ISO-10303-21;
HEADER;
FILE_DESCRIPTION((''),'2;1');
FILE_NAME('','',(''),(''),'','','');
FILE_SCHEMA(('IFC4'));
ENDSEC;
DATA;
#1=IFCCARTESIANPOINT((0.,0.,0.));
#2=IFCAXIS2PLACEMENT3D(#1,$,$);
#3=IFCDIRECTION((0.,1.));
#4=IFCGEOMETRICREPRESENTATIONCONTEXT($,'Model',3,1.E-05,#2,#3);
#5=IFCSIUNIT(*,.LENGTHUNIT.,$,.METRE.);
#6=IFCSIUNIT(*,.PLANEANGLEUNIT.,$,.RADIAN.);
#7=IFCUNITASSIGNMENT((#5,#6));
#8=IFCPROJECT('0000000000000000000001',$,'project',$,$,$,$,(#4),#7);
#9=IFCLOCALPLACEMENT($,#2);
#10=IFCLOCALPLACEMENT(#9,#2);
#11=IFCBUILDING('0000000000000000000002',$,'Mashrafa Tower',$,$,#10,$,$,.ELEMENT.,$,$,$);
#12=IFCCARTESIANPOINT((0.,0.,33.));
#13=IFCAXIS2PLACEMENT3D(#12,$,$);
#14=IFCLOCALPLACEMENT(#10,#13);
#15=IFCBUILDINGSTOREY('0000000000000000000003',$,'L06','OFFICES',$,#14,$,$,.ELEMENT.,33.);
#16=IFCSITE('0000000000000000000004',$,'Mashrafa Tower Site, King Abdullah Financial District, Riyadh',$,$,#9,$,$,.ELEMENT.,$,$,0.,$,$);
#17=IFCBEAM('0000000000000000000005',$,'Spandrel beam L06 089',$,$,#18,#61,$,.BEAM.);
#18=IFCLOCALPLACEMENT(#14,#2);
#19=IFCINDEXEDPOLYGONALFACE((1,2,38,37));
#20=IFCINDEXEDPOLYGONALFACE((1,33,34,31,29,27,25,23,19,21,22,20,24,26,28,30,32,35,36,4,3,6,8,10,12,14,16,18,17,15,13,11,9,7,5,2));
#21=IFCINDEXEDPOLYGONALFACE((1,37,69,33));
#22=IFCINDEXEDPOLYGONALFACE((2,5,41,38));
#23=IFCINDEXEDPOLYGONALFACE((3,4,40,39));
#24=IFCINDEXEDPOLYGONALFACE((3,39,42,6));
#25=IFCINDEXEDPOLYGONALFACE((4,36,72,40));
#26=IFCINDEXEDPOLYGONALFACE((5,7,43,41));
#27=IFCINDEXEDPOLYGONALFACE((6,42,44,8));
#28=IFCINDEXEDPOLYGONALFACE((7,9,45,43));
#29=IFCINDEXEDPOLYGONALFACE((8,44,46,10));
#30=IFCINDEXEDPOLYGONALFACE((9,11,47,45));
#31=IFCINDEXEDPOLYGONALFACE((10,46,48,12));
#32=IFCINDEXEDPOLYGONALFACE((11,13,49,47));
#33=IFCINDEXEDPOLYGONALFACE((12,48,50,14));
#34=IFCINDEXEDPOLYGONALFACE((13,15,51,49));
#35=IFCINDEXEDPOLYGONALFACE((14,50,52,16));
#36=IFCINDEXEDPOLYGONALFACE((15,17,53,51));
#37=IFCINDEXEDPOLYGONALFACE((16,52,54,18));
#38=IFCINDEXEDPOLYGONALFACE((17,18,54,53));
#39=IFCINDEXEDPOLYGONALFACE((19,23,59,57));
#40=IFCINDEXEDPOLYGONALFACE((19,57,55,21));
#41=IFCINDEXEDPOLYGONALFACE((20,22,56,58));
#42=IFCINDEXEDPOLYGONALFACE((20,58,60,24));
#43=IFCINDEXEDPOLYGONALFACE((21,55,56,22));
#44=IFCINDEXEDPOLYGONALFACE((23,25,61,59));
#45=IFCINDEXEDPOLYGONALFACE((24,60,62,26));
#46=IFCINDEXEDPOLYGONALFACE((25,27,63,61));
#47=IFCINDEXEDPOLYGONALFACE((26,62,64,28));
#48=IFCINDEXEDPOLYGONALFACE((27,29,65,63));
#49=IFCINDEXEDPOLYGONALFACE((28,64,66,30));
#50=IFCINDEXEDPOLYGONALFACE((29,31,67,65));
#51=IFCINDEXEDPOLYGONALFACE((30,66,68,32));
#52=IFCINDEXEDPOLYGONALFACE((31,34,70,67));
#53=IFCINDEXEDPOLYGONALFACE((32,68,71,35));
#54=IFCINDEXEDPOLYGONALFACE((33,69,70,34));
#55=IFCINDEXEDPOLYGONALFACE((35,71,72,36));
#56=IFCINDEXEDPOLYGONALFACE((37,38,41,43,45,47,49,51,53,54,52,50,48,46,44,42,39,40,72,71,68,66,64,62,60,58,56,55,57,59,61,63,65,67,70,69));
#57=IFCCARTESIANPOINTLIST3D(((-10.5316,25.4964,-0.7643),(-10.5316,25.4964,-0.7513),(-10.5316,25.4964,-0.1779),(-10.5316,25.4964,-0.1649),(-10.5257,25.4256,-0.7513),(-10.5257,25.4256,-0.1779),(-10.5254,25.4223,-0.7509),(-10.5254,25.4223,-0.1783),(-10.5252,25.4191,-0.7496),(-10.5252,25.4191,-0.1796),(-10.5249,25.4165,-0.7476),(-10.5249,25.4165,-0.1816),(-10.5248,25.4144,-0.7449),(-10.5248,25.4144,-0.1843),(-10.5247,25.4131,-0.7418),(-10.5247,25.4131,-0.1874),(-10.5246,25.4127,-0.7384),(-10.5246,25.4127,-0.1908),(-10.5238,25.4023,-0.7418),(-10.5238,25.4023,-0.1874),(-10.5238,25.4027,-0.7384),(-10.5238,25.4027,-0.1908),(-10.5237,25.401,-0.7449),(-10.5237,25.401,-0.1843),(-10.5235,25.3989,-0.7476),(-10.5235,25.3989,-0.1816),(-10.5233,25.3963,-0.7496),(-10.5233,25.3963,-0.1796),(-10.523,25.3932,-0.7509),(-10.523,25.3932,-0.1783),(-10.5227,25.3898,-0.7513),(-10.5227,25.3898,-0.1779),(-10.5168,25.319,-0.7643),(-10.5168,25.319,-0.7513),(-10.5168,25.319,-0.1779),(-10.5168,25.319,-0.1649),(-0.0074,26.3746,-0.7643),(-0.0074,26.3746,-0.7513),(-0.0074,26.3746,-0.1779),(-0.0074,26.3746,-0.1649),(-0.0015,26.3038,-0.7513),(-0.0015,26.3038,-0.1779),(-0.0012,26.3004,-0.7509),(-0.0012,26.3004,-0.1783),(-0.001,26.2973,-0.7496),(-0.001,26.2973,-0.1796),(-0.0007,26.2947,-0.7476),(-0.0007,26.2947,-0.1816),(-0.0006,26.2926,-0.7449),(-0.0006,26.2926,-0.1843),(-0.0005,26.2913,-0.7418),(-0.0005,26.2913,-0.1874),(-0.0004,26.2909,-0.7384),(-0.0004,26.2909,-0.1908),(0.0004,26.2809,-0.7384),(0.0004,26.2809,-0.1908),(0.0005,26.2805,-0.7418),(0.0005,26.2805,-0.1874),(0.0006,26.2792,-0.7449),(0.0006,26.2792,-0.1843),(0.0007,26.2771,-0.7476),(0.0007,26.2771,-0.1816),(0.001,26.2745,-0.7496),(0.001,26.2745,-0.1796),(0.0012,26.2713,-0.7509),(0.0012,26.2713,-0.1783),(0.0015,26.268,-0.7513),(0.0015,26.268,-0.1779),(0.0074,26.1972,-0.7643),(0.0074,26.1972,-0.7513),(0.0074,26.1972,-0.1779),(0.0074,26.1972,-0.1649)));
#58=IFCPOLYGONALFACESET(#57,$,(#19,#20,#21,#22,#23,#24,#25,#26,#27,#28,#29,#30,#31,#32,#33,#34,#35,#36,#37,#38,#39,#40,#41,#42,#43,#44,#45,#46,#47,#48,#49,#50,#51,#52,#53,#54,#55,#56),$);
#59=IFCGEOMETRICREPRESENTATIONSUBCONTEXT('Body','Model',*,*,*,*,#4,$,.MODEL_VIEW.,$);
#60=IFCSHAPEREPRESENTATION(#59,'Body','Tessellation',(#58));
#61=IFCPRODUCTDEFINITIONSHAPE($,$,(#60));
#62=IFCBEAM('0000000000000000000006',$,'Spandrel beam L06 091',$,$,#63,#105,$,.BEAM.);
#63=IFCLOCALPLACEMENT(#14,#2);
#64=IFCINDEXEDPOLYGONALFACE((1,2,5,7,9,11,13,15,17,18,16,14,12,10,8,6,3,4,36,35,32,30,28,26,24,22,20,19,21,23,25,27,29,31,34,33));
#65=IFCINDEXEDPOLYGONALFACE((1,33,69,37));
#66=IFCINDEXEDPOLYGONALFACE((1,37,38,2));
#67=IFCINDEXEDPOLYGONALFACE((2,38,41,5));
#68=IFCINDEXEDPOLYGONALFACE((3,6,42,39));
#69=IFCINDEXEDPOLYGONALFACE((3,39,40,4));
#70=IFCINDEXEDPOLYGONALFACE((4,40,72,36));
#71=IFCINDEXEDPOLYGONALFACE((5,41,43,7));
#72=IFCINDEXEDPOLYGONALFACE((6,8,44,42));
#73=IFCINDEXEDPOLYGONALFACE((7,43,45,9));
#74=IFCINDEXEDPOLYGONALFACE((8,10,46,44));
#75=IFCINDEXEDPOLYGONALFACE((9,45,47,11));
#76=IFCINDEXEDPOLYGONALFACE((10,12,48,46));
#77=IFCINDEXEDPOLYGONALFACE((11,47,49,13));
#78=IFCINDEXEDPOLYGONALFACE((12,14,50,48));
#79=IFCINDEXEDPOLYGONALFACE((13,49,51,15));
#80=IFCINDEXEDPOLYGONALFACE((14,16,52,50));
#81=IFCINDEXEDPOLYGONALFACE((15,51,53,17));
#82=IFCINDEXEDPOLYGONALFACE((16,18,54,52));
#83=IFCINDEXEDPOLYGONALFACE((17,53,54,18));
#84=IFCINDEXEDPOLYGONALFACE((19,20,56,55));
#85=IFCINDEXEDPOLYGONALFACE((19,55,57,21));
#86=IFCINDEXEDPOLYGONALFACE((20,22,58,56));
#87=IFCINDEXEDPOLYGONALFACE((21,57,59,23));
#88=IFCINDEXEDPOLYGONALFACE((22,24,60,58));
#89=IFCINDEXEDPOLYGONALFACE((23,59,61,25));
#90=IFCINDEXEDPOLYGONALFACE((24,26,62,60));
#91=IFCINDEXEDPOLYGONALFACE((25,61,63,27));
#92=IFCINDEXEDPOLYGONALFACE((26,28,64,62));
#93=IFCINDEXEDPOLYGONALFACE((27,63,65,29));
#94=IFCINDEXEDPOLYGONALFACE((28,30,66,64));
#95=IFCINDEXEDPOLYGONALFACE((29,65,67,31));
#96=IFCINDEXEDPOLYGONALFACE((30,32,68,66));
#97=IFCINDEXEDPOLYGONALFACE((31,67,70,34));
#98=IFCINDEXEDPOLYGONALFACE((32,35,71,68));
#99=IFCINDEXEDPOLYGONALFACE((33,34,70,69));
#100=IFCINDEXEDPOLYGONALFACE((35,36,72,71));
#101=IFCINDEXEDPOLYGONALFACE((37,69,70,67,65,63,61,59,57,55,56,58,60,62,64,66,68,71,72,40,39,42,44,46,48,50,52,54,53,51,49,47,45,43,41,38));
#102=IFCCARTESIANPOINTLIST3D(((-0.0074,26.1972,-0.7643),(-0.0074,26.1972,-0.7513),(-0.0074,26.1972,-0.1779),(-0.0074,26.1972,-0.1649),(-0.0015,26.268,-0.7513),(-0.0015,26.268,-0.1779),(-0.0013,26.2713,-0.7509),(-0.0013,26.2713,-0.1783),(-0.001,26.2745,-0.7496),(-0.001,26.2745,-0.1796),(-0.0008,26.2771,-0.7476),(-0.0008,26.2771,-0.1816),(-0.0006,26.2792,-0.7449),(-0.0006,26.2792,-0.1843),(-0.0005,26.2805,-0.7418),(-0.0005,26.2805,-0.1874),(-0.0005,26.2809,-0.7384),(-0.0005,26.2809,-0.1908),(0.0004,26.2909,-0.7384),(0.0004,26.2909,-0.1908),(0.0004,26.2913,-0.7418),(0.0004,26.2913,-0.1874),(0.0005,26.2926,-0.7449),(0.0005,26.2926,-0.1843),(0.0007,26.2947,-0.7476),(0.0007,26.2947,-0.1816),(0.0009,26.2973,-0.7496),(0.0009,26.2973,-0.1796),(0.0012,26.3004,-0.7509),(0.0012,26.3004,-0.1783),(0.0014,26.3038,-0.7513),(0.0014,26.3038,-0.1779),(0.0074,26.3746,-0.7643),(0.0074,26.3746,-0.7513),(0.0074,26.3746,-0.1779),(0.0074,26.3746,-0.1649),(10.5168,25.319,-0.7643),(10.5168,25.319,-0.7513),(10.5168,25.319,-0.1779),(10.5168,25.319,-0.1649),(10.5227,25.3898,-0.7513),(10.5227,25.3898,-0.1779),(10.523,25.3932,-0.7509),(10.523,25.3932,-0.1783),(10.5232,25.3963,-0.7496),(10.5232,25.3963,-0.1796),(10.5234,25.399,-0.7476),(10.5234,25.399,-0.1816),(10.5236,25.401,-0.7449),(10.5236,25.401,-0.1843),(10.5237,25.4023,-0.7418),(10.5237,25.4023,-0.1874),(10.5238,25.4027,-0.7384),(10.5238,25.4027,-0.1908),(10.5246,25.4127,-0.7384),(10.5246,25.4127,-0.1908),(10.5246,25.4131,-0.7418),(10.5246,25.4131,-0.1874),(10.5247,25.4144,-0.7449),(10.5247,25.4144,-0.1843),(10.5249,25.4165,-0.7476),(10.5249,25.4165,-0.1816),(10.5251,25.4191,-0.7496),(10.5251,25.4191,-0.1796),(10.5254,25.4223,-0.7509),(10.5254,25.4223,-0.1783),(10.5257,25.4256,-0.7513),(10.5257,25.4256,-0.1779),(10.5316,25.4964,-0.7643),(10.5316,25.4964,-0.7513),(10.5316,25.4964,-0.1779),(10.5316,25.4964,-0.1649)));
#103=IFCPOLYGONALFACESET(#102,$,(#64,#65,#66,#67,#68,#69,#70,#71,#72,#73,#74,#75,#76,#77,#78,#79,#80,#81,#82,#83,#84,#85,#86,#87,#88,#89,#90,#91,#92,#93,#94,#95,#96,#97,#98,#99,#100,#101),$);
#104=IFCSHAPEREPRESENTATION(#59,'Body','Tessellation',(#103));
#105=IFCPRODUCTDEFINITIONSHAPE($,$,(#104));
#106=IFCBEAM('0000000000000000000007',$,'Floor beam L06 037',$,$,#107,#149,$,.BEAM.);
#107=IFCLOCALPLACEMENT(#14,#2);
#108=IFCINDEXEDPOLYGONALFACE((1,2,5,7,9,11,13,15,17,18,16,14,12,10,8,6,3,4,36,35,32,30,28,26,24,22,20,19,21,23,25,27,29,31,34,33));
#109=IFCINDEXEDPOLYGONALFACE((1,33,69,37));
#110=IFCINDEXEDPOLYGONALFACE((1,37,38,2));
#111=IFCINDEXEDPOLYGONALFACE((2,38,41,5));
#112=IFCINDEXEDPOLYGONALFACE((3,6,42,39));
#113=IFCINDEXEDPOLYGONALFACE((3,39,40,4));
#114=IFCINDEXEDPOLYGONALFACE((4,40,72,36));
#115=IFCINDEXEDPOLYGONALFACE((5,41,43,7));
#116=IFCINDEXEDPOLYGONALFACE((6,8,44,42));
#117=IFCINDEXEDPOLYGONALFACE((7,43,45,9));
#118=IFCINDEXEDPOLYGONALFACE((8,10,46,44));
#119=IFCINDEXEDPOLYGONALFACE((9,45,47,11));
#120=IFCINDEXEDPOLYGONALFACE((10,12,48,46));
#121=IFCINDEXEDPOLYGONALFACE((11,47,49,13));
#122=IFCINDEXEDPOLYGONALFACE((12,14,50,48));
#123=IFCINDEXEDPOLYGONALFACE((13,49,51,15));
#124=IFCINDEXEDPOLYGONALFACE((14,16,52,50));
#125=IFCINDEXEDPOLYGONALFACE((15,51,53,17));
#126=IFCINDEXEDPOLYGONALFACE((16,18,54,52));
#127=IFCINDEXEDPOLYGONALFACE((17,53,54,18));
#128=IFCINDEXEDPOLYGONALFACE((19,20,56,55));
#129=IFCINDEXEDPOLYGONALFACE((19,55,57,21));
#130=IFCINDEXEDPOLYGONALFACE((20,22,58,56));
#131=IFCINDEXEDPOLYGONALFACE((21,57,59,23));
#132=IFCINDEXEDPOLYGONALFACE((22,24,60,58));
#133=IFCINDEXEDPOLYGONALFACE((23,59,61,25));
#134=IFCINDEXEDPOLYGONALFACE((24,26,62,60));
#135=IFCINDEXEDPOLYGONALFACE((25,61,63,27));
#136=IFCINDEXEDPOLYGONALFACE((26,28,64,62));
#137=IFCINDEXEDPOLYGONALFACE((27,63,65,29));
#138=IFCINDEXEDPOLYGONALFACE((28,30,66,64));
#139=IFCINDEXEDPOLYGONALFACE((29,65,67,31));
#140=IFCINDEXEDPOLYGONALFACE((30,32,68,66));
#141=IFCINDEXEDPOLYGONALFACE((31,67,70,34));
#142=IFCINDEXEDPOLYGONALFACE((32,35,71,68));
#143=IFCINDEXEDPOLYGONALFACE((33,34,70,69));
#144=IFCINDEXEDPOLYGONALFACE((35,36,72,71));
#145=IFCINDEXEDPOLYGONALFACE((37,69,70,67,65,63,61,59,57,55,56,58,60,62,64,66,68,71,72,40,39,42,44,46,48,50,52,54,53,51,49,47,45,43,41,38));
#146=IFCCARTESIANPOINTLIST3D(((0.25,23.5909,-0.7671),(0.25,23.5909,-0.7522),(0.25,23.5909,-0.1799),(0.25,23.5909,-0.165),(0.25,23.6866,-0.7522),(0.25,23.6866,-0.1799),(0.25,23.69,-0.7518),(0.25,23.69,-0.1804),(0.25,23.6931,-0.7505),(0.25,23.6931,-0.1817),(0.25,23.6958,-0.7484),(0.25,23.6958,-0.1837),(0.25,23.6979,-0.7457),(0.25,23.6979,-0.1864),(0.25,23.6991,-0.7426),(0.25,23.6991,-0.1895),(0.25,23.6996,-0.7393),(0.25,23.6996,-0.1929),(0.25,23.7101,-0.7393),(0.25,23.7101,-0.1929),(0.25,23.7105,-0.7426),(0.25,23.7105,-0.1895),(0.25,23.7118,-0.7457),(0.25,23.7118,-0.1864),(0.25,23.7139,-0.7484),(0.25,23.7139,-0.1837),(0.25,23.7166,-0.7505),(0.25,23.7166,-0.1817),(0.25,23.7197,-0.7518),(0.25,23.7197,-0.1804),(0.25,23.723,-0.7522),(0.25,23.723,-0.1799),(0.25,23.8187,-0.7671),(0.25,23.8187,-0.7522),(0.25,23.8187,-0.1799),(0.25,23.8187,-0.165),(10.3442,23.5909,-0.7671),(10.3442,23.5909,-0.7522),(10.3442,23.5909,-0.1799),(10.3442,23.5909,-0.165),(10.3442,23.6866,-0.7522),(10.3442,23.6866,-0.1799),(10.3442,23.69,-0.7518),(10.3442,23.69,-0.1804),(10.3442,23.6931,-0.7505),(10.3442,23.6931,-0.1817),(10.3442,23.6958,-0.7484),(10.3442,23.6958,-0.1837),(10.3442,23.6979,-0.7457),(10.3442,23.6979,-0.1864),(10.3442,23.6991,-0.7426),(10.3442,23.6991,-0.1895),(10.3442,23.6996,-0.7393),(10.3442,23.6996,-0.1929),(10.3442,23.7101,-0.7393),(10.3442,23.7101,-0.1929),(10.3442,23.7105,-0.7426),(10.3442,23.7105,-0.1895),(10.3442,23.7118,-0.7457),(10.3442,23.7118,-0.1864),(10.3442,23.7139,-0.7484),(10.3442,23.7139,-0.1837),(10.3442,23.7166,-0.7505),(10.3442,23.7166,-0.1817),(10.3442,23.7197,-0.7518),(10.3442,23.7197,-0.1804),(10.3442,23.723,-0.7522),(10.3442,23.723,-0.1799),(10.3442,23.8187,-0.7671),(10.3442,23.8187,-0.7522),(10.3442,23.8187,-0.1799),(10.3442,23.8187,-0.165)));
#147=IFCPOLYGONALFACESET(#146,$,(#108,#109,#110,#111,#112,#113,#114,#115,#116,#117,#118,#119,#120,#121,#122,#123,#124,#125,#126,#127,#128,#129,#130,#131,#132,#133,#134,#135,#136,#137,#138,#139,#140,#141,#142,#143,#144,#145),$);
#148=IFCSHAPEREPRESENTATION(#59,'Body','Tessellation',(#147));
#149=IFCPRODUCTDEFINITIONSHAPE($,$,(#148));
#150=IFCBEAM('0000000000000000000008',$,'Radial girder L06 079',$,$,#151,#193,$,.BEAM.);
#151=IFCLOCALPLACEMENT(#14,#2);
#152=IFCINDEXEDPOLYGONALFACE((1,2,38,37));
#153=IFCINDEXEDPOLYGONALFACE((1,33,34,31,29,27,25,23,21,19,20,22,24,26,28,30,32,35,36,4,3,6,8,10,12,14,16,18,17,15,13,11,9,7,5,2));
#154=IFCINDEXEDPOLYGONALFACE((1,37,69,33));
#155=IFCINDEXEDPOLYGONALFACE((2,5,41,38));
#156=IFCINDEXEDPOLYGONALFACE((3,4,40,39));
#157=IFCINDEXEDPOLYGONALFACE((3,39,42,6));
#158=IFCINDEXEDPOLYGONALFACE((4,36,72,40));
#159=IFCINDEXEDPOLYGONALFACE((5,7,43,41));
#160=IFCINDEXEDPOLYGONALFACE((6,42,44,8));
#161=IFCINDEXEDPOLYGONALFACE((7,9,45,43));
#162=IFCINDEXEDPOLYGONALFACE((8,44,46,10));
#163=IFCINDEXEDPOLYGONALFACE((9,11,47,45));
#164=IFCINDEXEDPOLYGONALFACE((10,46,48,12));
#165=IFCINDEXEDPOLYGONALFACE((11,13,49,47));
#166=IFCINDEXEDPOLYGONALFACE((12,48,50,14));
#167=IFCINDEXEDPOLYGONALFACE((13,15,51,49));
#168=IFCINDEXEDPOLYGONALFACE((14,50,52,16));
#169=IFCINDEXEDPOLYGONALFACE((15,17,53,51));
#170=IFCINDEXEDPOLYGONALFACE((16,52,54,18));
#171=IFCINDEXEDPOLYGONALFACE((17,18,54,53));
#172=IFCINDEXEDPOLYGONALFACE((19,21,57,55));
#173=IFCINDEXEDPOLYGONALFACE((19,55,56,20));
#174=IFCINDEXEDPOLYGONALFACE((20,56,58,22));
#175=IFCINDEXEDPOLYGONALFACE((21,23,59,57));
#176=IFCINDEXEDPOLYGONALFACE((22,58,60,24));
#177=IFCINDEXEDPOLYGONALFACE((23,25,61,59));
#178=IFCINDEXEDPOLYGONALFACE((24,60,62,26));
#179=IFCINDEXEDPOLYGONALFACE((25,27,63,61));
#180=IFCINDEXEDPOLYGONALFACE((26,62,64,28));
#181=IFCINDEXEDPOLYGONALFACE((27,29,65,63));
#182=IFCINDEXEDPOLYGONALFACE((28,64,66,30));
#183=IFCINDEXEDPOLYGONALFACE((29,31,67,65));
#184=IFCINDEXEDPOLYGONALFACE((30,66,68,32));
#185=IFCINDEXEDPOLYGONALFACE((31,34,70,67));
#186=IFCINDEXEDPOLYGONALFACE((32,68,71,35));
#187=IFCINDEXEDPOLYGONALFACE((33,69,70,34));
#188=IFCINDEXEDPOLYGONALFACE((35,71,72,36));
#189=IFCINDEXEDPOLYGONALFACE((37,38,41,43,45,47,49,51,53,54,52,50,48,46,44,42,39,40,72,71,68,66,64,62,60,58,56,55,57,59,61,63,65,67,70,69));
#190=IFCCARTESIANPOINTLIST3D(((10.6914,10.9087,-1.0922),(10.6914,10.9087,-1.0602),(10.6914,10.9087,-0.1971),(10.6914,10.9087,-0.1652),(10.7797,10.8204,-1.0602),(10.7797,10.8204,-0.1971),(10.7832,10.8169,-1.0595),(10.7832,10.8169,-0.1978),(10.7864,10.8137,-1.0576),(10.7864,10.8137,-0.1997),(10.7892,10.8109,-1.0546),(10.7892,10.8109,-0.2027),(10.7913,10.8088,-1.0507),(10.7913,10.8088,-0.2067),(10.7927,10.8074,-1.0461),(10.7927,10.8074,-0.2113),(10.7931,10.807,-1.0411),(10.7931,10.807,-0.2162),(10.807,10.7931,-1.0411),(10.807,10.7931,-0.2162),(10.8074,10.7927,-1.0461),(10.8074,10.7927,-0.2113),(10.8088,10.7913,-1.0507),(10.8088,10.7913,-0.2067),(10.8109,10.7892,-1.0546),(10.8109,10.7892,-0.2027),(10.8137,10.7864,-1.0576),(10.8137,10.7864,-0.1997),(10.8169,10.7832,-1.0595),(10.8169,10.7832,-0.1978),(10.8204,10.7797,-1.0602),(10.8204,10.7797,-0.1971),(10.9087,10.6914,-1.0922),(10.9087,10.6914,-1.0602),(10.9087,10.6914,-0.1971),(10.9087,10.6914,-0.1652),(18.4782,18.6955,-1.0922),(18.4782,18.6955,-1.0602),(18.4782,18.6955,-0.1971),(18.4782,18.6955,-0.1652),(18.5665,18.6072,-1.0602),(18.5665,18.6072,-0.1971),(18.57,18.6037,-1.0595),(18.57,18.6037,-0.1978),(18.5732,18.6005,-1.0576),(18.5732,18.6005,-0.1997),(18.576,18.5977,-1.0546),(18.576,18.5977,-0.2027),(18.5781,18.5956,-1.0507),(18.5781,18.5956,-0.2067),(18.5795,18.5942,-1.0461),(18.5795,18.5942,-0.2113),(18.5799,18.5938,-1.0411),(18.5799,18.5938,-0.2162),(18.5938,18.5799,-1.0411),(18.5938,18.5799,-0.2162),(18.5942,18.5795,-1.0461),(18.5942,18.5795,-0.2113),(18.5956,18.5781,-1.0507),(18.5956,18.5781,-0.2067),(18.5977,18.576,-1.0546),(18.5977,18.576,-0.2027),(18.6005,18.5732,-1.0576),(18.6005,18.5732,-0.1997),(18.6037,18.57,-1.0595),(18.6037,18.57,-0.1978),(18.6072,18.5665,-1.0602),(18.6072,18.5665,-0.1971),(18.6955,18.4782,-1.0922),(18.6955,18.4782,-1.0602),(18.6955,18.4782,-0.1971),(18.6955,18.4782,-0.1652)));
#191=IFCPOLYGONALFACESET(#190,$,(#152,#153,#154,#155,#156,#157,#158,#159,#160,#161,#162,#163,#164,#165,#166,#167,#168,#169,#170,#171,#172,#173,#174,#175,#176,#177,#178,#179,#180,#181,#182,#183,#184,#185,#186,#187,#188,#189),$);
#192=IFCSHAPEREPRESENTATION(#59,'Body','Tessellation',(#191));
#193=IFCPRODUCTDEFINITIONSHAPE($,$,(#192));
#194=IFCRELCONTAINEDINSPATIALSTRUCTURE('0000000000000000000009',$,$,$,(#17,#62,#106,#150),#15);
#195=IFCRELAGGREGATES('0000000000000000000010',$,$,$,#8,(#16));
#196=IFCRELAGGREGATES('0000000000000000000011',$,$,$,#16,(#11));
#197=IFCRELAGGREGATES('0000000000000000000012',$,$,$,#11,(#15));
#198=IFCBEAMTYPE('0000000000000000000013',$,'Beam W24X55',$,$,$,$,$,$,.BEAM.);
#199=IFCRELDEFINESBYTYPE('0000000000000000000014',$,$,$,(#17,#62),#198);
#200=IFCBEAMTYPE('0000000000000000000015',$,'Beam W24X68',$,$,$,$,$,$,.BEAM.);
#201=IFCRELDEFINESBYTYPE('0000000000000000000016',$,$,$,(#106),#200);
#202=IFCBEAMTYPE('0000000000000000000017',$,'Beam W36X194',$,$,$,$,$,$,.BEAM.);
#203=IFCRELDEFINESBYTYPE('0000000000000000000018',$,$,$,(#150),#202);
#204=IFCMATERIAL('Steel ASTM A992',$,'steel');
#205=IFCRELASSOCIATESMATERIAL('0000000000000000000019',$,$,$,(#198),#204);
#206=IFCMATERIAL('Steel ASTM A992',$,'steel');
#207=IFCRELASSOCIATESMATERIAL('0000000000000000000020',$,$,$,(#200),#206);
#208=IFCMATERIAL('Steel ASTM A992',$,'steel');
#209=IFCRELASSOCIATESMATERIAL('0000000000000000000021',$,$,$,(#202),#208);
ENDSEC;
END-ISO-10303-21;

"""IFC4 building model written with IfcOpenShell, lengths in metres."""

from ifc_helpers import new_model, si_unit, direction, frame, origin, origin_2d, place, context, subcontext, project, spatial, i_section, extrude, material, material_profile, profile_set, type_object, element, save


model = new_model("IFC4")

# Units and contexts
model_context = context("Model", 3, precision=1e-05, world=origin(), true_north=direction((0.0, 1.0)))
body_context = subcontext(model_context, "Body", "Model", "MODEL_VIEW")
ifc_project = project(units=[si_unit("LENGTHUNIT", "METRE"), si_unit("PLANEANGLEUNIT", "RADIAN")], contexts=[model_context])

# Site, building, storey
site_placement = place(None, origin())
site = spatial("IfcSite", under=ifc_project, at=site_placement, Name="Mashrafa Tower Site, King Abdullah Financial District, Riyadh", CompositionType="ELEMENT", RefElevation=0.0)
building_placement = place(site_placement, origin())
building = spatial("IfcBuilding", under=site, at=building_placement, Name="Mashrafa Tower", CompositionType="ELEMENT")
storey_placement = place(building_placement, frame((0.0, 0.0, 33.0)))
storey = spatial("IfcBuildingStorey", under=building, at=storey_placement, Name="L06", Description="OFFICES", CompositionType="ELEMENT", Elevation=33.0)

# Beams
ifc_material_1 = material(Name="Steel ASTM A992", Category="steel")
ifc_material_profile_1 = material_profile(ifc_material_1, i_section(OverallWidth=0.178, OverallDepth=0.5994, WebThickness=0.01, FlangeThickness=0.0129, FilletRadius=0.0129, at=origin_2d()), Name="W24X55")
ifc_profile_set_1 = profile_set([ifc_material_profile_1], Name="Steel ASTM A992")
beam_type_1 = type_object("IfcBeamType", Name="Beam W24X55", PredefinedType="BEAM", material=ifc_profile_set_1)
for number, where, z_axis, x_axis, name in (
    (1, (0.0, 26.2859, -0.4646), (-0.996537, -0.083155, 0.0), (0.083155, -0.996537, 0.0), "Spandrel beam L06 089"),
    (2, (10.5242, 25.4077, -0.4646), (-0.996537, 0.083155, 0.0), (-0.083155, -0.996537, 0.0), "Spandrel beam L06 091"),
):
    element("IfcBeam", number, at=place(storey_placement, frame(where, z_axis=z_axis, x_axis=x_axis)), inside=storey, type_object=beam_type_1, Name=name, PredefinedType="BEAM", context=body_context, shape_type="SweptSolid", body=[
        extrude(i_section(OverallWidth=0.178, OverallDepth=0.5994, WebThickness=0.01, FlangeThickness=0.0129, FilletRadius=0.0129, at=origin_2d()), origin(), (0.0, 0.0, 1.0), 10.5608),
    ])
ifc_material_2 = material(Name="Steel ASTM A992", Category="steel")
ifc_material_profile_2 = material_profile(ifc_material_2, i_section(OverallWidth=0.2278, OverallDepth=0.6021, WebThickness=0.0105, FlangeThickness=0.0149, FilletRadius=0.0129, at=origin_2d()), Name="W24X68")
ifc_profile_set_2 = profile_set([ifc_material_profile_2], Name="Steel ASTM A992")
beam_type_2 = type_object("IfcBeamType", Name="Beam W24X68", PredefinedType="BEAM", material=ifc_profile_set_2)
beam_1_placement = place(storey_placement, frame((0.25, 23.7048, -0.4661), z_axis=(1.0, 0.0, 0.0), x_axis=(0.0, 1.0, 0.0)))
element("IfcBeam", 3, at=beam_1_placement, inside=storey, type_object=beam_type_2, Name="Floor beam L06 037", PredefinedType="BEAM", context=body_context, shape_type="SweptSolid", body=[
    extrude(i_section(OverallWidth=0.2278, OverallDepth=0.6021, WebThickness=0.0105, FlangeThickness=0.0149, FilletRadius=0.0129, at=origin_2d()), origin(), (0.0, 0.0, 1.0), 10.0942),
])
ifc_material_3 = material(Name="Steel ASTM A992", Category="steel")
ifc_material_profile_3 = material_profile(ifc_material_3, i_section(OverallWidth=0.3074, OverallDepth=0.927, WebThickness=0.0195, FlangeThickness=0.032, FilletRadius=0.019, at=origin_2d()), Name="W36X194")
ifc_profile_set_3 = profile_set([ifc_material_profile_3], Name="Steel ASTM A992")
beam_type_3 = type_object("IfcBeamType", Name="Beam W36X194", PredefinedType="BEAM", material=ifc_profile_set_3)
beam_2_placement = place(storey_placement, frame((10.8, 10.8, -0.6287), z_axis=(0.707107, 0.707107, 0.0), x_axis=(-0.707107, 0.707107, 0.0)))
element("IfcBeam", 4, at=beam_2_placement, inside=storey, type_object=beam_type_3, Name="Radial girder L06 079", PredefinedType="BEAM", context=body_context, shape_type="SweptSolid", body=[
    extrude(i_section(OverallWidth=0.3074, OverallDepth=0.927, WebThickness=0.0195, FlangeThickness=0.032, FilletRadius=0.019, at=origin_2d()), origin(), (0.0, 0.0, 1.0), 11.0122),
])

save(model, "model.ifc")
